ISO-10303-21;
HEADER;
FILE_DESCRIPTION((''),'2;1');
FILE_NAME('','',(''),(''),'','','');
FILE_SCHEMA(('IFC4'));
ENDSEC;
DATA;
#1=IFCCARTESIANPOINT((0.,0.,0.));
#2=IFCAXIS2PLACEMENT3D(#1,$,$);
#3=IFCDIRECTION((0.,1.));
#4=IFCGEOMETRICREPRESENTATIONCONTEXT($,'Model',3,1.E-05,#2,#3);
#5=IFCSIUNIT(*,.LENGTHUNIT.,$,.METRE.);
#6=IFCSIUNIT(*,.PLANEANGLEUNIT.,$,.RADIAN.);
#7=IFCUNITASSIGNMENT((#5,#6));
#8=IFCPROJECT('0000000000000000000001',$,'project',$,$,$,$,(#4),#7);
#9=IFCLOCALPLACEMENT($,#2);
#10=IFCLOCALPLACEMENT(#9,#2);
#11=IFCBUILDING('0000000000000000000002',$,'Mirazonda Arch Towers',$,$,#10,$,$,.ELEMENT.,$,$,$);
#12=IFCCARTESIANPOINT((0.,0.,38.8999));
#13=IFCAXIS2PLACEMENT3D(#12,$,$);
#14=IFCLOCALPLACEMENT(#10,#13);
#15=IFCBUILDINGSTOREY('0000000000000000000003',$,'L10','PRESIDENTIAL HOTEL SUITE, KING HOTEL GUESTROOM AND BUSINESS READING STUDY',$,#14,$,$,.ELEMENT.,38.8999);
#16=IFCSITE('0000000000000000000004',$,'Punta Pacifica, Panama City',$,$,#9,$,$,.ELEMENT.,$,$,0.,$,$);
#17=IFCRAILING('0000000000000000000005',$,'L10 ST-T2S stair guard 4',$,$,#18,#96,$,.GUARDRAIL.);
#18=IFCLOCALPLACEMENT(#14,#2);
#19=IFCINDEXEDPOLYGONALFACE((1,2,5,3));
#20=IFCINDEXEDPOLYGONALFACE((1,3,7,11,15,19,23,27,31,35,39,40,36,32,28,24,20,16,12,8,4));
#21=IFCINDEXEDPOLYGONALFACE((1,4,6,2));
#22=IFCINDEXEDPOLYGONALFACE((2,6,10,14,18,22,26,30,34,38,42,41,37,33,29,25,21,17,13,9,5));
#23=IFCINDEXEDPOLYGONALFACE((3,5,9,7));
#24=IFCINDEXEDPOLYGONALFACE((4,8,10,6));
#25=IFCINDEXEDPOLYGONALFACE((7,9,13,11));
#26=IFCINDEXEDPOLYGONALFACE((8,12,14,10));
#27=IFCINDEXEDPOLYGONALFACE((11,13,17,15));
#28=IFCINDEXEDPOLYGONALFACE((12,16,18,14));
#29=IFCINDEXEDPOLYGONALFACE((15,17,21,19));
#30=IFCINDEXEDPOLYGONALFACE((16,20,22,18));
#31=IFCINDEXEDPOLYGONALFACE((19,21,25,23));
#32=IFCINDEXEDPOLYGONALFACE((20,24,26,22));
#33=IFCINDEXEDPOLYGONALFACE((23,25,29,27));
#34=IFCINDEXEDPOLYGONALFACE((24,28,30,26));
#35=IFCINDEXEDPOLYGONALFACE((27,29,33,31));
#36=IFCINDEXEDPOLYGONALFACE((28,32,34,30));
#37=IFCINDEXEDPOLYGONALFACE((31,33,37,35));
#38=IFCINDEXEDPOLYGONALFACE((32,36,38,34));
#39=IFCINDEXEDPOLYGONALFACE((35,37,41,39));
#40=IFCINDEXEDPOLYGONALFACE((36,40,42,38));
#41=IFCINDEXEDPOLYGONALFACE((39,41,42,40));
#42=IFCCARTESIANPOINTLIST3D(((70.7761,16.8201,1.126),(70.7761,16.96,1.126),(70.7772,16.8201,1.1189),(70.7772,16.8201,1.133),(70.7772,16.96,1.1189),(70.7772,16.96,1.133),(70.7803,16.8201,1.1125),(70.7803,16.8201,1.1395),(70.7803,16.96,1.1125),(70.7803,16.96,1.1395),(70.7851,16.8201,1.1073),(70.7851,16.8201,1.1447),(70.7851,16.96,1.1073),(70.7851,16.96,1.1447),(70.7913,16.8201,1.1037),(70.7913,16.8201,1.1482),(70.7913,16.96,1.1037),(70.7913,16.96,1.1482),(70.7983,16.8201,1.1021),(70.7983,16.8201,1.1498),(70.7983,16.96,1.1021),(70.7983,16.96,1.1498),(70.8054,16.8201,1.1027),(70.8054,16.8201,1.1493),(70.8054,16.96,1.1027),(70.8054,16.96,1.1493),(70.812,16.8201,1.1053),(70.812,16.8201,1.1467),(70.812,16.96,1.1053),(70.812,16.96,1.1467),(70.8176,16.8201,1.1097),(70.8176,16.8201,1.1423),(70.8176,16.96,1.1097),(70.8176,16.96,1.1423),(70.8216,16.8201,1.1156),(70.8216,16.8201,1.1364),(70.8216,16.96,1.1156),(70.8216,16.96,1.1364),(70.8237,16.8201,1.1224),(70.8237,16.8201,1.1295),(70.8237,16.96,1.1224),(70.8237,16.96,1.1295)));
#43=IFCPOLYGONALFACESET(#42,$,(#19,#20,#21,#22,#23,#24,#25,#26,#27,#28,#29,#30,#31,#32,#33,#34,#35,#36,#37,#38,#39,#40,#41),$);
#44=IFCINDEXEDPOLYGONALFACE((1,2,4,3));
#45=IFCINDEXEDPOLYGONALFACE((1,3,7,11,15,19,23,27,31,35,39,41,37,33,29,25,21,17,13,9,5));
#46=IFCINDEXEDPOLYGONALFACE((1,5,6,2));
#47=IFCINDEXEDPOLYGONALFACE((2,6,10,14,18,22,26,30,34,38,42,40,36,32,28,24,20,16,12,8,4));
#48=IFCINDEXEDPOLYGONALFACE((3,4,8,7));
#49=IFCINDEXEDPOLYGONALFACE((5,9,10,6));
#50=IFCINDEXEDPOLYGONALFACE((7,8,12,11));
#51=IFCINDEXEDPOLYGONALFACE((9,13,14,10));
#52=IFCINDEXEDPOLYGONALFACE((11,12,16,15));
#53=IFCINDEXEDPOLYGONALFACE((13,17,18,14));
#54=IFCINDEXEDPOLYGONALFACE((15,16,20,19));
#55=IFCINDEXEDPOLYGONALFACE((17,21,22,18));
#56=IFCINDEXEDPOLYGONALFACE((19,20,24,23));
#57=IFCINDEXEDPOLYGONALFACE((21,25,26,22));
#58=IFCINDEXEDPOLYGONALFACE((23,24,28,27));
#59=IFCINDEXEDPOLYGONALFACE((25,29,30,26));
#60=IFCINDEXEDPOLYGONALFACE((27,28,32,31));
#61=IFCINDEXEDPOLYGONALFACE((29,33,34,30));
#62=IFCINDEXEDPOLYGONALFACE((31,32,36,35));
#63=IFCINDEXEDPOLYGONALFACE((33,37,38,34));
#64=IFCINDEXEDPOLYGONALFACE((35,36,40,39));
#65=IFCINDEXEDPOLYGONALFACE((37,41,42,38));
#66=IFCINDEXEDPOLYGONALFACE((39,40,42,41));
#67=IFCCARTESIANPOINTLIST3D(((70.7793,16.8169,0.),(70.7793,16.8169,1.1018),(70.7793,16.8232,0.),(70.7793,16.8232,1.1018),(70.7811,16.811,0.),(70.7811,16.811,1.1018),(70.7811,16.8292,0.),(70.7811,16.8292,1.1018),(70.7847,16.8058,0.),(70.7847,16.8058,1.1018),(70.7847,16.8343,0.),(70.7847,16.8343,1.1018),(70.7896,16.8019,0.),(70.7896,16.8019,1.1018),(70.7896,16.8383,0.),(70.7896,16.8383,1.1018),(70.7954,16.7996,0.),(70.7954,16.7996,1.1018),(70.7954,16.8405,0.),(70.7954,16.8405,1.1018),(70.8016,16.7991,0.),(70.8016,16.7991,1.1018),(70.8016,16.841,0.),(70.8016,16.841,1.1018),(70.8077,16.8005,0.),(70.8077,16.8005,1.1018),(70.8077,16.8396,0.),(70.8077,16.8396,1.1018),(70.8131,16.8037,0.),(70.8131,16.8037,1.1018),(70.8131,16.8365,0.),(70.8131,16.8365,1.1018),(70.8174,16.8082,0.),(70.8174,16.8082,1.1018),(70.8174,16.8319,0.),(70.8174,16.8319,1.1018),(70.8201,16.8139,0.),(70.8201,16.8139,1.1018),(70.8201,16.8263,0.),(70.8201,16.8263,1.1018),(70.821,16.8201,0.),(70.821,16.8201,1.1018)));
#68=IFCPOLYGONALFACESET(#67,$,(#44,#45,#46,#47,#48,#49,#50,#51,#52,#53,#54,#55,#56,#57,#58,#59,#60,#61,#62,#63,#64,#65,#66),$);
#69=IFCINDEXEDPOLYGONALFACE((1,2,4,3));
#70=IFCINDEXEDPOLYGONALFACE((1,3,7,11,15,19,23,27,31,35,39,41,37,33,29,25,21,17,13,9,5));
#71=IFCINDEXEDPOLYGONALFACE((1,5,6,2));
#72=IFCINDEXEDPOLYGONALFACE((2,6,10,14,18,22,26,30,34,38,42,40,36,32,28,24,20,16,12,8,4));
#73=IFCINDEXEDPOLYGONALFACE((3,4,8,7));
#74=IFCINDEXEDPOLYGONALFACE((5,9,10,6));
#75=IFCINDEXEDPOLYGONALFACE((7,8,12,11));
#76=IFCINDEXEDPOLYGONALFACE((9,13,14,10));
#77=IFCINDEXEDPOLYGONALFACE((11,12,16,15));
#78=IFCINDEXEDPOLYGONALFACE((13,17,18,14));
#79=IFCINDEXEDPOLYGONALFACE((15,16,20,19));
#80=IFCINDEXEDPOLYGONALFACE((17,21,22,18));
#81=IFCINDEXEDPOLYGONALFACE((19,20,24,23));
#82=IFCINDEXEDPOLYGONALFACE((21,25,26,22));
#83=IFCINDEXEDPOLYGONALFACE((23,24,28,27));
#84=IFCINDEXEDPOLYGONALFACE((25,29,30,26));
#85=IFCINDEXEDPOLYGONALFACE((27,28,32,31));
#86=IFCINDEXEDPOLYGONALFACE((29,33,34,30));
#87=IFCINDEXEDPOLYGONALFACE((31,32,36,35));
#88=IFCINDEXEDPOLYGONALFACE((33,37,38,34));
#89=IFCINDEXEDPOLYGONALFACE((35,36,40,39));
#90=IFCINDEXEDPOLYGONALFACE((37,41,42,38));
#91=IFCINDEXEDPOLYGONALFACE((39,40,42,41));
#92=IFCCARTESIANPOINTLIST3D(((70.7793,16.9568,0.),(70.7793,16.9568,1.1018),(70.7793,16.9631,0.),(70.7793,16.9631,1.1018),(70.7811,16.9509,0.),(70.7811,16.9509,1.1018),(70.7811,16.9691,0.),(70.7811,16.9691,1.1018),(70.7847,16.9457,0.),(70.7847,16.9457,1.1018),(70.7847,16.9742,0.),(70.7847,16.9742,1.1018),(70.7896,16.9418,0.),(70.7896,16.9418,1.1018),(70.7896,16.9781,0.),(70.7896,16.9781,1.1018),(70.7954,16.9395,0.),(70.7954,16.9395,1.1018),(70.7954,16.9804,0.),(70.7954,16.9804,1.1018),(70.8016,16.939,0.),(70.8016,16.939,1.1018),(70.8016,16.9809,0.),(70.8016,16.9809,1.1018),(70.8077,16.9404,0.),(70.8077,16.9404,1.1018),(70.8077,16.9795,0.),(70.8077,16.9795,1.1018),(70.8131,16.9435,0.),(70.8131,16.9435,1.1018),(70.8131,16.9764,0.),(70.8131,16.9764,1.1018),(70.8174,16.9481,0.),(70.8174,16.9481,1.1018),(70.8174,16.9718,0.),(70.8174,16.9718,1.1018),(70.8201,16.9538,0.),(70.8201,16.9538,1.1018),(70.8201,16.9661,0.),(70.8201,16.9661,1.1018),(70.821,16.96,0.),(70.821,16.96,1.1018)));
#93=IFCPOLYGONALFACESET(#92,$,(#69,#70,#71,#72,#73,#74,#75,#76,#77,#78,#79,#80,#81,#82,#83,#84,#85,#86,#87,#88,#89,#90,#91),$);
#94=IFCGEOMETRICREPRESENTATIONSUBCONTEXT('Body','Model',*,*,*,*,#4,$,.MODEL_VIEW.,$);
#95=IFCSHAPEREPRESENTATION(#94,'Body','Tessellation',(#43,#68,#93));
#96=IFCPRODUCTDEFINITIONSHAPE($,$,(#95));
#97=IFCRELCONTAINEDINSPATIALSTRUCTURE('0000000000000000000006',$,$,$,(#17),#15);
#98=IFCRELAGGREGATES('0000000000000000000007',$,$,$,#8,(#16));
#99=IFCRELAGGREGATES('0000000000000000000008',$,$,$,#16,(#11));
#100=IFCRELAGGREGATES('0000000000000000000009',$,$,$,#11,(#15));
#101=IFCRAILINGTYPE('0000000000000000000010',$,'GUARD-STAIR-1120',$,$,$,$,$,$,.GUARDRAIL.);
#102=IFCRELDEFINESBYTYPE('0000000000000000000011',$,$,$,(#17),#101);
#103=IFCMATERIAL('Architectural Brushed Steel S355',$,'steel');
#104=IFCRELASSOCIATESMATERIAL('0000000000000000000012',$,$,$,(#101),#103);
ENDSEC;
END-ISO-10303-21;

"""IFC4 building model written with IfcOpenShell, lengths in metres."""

from ifc_helpers import new_model, si_unit, direction, frame, origin, origin_2d, place, context, subcontext, project, spatial, circle, extrude, material, type_object, element, save


model = new_model("IFC4")

# Units and contexts
model_context = context("Model", 3, precision=1e-05, world=origin(), true_north=direction((0.0, 1.0)))
body_context = subcontext(model_context, "Body", "Model", "MODEL_VIEW")
ifc_project = project(units=[si_unit("LENGTHUNIT", "METRE"), si_unit("PLANEANGLEUNIT", "RADIAN")], contexts=[model_context])

# Site, building, storey
site_placement = place(None, origin())
site = spatial("IfcSite", under=ifc_project, at=site_placement, Name="Punta Pacifica, Panama City", CompositionType="ELEMENT", RefElevation=0.0)
building_placement = place(site_placement, origin())
building = spatial("IfcBuilding", under=site, at=building_placement, Name="Mirazonda Arch Towers", CompositionType="ELEMENT")
storey_placement = place(building_placement, frame((0.0, 0.0, 38.8999)))
storey = spatial("IfcBuildingStorey", under=building, at=storey_placement, Name="L10", Description="PRESIDENTIAL HOTEL SUITE, KING HOTEL GUESTROOM AND BUSINESS READING STUDY", CompositionType="ELEMENT", Elevation=38.8999)

# Railing
ifc_material_1 = material(Name="Architectural Brushed Steel S355", Category="steel")
railing_type_1 = type_object("IfcRailingType", Name="GUARD-STAIR-1120", PredefinedType="GUARDRAIL", material=ifc_material_1)
railing_1_placement = place(storey_placement, frame((70.8, 16.8201, 0.0)))
element("IfcRailing", 1, at=railing_1_placement, inside=storey, type_object=railing_type_1, Name="L10 ST-T2S stair guard 4", PredefinedType="GUARDRAIL", context=body_context, shape_type="SweptSolid", body=[
    extrude(circle(Radius=0.0239, at=origin_2d()), frame((0.0, 0.0, 1.126), z_axis=(0.0, 1.0, 0.0), x_axis=(-1.0, 0.0, 0.0)), (0.0, 0.0, 1.0), 0.1399),
    extrude(circle(Radius=0.021, at=origin_2d()), origin(), (0.0, 0.0, 1.0), 1.1018),
    extrude(circle(Radius=0.021, at=origin_2d()), frame((0.0, 0.1399, 0.0)), (0.0, 0.0, 1.0), 1.1018),
])

save(model, "model.ifc")
